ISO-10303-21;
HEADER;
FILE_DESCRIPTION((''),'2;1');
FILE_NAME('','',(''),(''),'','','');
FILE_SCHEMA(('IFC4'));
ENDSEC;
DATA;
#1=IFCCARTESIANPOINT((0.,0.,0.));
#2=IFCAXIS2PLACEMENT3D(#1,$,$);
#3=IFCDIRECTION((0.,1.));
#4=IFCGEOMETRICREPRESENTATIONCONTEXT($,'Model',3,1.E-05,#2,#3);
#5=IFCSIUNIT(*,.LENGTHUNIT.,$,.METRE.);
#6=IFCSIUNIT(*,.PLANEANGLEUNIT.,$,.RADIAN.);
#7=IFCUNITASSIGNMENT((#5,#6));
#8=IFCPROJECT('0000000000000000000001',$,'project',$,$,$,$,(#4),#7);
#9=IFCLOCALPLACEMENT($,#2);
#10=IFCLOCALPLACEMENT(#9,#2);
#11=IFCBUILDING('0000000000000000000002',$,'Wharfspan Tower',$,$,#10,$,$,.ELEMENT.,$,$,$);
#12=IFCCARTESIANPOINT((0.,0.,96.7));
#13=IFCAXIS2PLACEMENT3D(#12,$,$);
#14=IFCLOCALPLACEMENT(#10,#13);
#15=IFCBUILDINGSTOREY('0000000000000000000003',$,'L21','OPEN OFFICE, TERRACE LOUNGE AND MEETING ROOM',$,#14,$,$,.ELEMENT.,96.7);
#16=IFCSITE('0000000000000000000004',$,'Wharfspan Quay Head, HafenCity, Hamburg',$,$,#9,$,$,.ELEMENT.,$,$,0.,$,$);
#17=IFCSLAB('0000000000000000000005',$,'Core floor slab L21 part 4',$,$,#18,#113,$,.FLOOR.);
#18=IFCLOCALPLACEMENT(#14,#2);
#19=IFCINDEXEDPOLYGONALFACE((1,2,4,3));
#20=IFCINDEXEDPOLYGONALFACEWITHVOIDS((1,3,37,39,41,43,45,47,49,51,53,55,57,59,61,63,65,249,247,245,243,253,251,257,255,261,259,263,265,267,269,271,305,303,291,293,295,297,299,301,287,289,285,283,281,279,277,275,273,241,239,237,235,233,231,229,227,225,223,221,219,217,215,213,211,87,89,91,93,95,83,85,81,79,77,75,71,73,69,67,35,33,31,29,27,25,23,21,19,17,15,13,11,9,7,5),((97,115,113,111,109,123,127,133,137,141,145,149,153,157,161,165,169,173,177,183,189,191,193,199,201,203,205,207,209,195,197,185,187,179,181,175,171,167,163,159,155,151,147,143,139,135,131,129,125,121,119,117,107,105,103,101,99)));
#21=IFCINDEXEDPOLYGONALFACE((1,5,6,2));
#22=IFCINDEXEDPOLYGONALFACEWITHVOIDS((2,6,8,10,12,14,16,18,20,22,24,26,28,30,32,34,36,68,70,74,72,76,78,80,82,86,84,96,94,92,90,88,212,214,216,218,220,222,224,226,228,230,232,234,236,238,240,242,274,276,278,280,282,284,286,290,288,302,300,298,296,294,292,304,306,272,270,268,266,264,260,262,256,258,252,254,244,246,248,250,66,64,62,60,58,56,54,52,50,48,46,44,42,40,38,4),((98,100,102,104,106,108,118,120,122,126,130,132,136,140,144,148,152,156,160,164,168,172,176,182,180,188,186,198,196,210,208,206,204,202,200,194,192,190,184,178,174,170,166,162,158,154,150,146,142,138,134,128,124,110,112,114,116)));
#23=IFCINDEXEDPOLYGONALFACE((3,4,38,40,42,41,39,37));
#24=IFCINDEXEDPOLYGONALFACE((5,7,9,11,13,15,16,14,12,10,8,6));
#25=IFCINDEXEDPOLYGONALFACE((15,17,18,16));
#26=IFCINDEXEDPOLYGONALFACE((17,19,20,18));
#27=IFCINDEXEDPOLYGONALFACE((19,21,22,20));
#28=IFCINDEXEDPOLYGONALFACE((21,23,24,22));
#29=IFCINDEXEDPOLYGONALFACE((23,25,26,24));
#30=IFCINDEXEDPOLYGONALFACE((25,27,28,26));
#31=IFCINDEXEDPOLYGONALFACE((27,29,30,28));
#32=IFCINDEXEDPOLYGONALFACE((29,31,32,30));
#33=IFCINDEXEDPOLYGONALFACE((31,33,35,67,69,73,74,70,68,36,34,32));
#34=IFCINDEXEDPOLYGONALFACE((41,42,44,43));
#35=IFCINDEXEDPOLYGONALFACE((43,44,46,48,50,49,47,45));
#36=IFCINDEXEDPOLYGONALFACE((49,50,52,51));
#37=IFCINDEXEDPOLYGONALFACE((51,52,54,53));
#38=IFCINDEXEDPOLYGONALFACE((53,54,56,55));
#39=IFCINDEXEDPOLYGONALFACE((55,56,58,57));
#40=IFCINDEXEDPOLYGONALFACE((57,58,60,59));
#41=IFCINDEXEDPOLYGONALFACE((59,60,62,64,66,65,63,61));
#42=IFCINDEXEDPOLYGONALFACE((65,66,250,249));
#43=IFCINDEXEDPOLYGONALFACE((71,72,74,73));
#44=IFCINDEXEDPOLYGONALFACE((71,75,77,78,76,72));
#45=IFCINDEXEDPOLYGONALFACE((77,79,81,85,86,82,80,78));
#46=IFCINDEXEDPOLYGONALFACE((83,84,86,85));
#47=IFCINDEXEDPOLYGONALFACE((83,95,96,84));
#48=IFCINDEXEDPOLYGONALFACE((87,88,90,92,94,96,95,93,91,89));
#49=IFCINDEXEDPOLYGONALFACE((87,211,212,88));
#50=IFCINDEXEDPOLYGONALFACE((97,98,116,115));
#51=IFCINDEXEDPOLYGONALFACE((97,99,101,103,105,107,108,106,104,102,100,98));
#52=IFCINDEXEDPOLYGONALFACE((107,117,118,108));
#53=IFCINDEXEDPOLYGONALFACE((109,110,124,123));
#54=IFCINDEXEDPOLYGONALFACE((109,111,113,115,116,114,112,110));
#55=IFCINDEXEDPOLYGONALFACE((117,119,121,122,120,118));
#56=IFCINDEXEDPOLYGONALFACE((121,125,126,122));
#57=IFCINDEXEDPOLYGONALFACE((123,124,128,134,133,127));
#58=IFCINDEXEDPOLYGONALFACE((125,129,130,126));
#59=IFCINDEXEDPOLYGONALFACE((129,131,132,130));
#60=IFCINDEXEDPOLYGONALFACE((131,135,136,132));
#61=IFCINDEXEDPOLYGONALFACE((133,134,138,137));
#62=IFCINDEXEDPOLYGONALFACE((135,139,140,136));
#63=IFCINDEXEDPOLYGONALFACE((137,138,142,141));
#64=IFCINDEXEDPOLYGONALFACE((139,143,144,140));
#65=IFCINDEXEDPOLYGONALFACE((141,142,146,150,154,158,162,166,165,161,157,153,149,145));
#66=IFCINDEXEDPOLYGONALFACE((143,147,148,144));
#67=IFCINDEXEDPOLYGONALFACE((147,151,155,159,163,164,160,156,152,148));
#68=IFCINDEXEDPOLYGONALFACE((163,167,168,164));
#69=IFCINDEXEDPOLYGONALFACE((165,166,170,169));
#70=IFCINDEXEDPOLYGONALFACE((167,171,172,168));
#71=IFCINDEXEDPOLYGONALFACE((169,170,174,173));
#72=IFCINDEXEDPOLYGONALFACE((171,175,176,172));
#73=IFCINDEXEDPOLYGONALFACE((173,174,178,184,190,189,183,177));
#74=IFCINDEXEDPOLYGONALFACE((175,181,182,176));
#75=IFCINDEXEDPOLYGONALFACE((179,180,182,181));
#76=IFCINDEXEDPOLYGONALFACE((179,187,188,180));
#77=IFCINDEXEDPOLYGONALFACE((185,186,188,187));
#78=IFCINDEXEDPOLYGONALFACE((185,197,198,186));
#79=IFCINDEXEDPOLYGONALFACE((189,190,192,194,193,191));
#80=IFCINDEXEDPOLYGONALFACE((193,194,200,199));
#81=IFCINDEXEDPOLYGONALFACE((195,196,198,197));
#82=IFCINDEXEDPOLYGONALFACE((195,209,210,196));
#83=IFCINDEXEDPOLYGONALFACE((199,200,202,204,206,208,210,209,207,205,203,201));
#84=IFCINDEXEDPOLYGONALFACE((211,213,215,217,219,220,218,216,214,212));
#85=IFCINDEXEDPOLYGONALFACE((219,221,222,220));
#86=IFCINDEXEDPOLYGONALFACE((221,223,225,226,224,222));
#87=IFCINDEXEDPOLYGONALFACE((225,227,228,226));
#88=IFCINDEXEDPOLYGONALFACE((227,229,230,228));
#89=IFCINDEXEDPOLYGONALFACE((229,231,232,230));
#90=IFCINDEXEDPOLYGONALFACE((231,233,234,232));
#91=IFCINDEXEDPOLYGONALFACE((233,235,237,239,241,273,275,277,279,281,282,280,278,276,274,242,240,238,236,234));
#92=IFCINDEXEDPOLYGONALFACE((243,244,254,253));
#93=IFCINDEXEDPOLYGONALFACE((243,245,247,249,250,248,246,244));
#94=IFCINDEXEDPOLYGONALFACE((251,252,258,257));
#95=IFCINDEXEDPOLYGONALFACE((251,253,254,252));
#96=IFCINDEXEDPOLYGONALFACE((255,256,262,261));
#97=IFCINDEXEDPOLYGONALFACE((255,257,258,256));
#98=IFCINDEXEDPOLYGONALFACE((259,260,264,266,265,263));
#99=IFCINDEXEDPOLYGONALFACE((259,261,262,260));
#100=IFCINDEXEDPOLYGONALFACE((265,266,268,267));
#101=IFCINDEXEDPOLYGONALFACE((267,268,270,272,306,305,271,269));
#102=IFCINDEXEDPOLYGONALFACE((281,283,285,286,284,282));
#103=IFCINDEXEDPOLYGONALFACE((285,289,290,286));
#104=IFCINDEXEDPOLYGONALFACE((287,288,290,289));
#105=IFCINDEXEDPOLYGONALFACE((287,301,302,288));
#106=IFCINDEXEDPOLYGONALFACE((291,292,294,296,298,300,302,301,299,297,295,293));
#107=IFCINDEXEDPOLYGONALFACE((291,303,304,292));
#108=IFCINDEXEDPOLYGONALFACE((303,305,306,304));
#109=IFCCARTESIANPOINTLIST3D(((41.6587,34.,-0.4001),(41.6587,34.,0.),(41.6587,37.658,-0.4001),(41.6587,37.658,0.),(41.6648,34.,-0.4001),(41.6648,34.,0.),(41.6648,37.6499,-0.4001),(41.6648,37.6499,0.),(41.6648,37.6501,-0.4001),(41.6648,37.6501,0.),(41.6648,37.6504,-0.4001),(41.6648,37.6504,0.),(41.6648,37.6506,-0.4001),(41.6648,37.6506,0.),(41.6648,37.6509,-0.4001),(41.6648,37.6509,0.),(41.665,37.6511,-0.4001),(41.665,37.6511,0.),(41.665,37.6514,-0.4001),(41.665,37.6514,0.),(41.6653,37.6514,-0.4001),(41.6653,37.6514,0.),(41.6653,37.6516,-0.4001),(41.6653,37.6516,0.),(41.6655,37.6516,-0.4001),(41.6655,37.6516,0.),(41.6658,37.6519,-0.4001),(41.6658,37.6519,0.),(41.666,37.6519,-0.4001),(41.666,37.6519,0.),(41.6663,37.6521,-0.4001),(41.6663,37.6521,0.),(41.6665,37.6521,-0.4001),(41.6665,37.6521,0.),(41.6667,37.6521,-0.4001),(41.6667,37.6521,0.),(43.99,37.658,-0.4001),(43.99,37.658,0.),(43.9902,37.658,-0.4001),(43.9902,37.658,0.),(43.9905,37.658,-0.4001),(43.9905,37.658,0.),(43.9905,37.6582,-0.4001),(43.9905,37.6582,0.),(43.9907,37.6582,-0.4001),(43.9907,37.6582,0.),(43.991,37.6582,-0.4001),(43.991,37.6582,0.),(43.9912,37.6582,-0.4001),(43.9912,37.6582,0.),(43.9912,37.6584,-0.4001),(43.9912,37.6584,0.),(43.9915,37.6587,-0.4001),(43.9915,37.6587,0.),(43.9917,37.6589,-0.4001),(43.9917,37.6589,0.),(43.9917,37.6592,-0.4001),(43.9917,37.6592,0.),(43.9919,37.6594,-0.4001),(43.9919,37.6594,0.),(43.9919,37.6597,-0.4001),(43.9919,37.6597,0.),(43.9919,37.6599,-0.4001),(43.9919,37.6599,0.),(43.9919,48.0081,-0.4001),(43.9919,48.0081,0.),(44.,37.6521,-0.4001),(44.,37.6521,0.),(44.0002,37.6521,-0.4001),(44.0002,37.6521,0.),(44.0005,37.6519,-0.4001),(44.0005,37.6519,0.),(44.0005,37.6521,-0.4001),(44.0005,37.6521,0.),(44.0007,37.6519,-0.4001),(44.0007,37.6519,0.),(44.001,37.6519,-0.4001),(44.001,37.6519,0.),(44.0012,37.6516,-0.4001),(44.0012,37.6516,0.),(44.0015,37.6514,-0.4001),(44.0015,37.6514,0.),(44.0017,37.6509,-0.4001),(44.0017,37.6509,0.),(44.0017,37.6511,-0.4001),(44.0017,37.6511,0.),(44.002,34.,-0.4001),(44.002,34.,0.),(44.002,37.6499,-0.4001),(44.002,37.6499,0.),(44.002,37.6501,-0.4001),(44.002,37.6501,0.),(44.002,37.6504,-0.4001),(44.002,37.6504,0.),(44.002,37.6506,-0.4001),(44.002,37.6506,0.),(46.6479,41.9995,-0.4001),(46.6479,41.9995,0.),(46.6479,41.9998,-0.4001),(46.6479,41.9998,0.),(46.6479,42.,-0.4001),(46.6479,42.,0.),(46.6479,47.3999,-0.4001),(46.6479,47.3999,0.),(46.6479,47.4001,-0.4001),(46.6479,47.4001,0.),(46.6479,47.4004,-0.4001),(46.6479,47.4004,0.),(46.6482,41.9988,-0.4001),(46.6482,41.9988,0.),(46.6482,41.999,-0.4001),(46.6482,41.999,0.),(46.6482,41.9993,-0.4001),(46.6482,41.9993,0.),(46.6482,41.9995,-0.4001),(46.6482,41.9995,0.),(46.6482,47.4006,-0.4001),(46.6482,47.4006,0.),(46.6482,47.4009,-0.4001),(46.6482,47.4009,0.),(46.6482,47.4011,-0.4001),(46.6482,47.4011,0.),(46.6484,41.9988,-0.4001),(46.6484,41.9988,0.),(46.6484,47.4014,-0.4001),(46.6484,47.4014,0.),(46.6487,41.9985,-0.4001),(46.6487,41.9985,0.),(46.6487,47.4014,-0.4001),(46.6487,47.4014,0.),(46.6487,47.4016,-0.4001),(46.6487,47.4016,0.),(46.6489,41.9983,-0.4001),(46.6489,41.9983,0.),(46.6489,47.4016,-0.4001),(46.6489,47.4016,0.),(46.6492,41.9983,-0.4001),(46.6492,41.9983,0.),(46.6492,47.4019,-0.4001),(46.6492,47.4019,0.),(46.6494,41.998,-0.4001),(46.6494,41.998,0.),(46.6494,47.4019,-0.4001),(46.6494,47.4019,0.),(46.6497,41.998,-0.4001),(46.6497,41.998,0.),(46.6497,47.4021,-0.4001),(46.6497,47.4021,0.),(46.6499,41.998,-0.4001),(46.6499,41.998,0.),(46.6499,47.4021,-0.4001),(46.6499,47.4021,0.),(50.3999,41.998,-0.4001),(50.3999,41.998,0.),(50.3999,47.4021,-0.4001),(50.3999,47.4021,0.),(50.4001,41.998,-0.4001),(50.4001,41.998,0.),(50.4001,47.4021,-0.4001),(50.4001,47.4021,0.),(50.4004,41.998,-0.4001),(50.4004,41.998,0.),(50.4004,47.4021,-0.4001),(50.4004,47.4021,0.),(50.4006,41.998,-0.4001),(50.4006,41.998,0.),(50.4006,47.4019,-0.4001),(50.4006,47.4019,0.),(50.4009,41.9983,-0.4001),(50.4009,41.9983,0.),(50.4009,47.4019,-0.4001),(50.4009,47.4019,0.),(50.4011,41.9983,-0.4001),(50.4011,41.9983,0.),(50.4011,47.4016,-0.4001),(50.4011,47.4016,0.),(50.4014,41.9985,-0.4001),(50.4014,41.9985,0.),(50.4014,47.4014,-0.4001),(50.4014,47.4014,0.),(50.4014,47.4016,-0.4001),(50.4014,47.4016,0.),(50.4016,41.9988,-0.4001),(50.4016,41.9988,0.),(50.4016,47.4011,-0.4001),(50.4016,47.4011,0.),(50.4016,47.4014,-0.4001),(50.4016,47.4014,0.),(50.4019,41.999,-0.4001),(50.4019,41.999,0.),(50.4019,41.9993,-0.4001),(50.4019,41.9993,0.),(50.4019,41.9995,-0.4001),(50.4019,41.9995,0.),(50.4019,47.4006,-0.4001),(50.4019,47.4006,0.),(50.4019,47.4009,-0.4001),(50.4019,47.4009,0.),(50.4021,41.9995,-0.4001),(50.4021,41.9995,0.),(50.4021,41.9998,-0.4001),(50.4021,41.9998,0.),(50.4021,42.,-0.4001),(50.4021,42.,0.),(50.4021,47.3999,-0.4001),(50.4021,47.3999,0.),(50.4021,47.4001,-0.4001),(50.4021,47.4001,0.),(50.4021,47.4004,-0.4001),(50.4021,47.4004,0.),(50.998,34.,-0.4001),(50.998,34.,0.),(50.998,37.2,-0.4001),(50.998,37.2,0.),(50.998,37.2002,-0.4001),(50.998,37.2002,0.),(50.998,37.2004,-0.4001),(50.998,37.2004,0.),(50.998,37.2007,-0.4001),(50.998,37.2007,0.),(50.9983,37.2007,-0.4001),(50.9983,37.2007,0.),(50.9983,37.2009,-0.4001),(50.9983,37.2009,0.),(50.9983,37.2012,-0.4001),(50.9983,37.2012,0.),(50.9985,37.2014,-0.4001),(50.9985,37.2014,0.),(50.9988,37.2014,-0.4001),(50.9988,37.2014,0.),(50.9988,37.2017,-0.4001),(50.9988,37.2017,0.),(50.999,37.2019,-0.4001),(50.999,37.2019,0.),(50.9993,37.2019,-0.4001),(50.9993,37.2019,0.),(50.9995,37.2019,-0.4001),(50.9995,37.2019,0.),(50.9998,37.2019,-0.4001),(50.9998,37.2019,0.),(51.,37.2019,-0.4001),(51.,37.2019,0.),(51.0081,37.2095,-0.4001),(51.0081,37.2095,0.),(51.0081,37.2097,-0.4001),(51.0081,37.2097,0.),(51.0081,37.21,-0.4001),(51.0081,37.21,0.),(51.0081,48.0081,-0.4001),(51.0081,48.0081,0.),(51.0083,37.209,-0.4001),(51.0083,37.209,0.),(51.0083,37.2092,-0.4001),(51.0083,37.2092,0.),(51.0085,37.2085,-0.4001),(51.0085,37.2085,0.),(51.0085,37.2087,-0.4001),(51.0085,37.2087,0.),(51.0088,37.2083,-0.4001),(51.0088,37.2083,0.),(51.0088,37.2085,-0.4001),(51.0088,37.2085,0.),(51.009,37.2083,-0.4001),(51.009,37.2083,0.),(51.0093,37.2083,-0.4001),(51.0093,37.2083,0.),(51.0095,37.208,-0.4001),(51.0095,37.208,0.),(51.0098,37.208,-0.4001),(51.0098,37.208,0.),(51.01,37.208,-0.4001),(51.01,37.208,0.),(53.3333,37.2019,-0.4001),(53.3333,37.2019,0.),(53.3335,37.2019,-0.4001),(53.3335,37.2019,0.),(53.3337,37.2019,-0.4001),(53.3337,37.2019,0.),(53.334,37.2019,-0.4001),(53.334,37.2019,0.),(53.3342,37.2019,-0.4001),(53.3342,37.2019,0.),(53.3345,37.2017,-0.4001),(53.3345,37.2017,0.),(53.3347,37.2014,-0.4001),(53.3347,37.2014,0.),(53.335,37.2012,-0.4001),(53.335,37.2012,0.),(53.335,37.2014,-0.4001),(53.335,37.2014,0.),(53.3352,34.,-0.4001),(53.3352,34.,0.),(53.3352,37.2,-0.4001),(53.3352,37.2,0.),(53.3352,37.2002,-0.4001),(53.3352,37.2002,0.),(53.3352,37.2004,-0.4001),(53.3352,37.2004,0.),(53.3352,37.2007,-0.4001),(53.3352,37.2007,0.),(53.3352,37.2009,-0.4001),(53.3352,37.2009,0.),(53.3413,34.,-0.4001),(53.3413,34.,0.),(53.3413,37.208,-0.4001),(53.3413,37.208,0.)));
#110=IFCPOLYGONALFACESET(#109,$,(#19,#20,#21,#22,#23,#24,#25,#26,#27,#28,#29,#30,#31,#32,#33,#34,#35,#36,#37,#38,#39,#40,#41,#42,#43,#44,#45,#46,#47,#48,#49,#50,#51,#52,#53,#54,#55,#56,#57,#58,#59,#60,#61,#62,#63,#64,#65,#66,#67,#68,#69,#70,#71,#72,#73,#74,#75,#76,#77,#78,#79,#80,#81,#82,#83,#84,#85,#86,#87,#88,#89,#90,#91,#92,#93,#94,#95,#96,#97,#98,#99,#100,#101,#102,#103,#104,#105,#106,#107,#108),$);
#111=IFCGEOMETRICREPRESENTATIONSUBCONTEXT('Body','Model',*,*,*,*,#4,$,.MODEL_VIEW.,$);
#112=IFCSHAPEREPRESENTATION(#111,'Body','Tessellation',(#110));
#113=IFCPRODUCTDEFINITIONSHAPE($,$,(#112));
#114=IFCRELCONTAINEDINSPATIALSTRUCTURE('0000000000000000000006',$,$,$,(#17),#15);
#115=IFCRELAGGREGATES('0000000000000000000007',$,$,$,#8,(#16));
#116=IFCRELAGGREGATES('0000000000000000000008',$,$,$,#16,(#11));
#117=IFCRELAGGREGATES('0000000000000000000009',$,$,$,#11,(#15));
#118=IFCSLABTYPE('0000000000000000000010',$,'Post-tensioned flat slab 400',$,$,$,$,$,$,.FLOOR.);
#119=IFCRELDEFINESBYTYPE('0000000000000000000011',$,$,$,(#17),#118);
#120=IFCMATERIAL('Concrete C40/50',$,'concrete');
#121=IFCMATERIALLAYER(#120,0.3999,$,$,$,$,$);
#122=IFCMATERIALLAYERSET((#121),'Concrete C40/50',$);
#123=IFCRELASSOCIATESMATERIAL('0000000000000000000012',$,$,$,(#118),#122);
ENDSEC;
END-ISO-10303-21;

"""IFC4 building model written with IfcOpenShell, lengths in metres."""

from ifc_helpers import new_model, si_unit, direction, frame, origin, place, context, subcontext, project, spatial, polyline, outline, extrude, material, layer, layer_set, type_object, element, save


model = new_model("IFC4")

# Units and contexts
model_context = context("Model", 3, precision=1e-05, world=origin(), true_north=direction((0.0, 1.0)))
body_context = subcontext(model_context, "Body", "Model", "MODEL_VIEW")
ifc_project = project(units=[si_unit("LENGTHUNIT", "METRE"), si_unit("PLANEANGLEUNIT", "RADIAN")], contexts=[model_context])

# Site, building, storey
site_placement = place(None, origin())
site = spatial("IfcSite", under=ifc_project, at=site_placement, Name="Wharfspan Quay Head, HafenCity, Hamburg", CompositionType="ELEMENT", RefElevation=0.0)
building_placement = place(site_placement, origin())
building = spatial("IfcBuilding", under=site, at=building_placement, Name="Wharfspan Tower", CompositionType="ELEMENT")
storey_placement = place(building_placement, frame((0.0, 0.0, 96.7)))
storey = spatial("IfcBuildingStorey", under=building, at=storey_placement, Name="L21", Description="OPEN OFFICE, TERRACE LOUNGE AND MEETING ROOM", CompositionType="ELEMENT", Elevation=96.7)

# Slab
ifc_material_1 = material(Name="Concrete C40/50", Category="concrete")
ifc_layer_1 = layer(ifc_material_1, 0.3999)
ifc_layer_set_1 = layer_set([ifc_layer_1], Name="Concrete C40/50")
slab_type_1 = type_object("IfcSlabType", Name="Post-tensioned flat slab 400", PredefinedType="FLOOR", material=ifc_layer_set_1)
slab_1_placement = place(storey_placement, frame((0.0, 0.0, -0.4001)))
element("IfcSlab", 1, at=slab_1_placement, inside=storey, type_object=slab_type_1, Name="Core floor slab L21 part 4", PredefinedType="FLOOR", context=body_context, shape_type="SweptSolid", body=[
    extrude(outline(polyline([(53.3413, 34.0), (53.3413, 37.208), (51.01, 37.208), (51.0098, 37.208), (51.0095, 37.208), (51.0095, 37.208), (51.0093, 37.2083), (51.009, 37.2083), (51.0088, 37.2083), (51.0088, 37.2085), (51.0085, 37.2085), (51.0085, 37.2087), (51.0083, 37.209), (51.0083, 37.209), (51.0083, 37.2092), (51.0081, 37.2095), (51.0081, 37.2097), (51.0081, 37.2097), (51.0081, 37.21), (51.0081, 48.0081), (43.9919, 48.0081), (43.9919, 37.6599), (43.9919, 37.6599), (43.9919, 37.6597), (43.9919, 37.6594), (43.9917, 37.6592), (43.9917, 37.6592), (43.9917, 37.6589), (43.9915, 37.6587), (43.9915, 37.6587), (43.9912, 37.6584), (43.9912, 37.6582), (43.991, 37.6582), (43.9907, 37.6582), (43.9905, 37.6582), (43.9905, 37.658), (43.9902, 37.658), (43.99, 37.658), (41.6587, 37.658), (41.6587, 34.0), (41.6648, 34.0), (41.6648, 37.6499), (41.6648, 37.6501), (41.6648, 37.6504), (41.6648, 37.6506), (41.6648, 37.6509), (41.6648, 37.6509), (41.665, 37.6511), (41.665, 37.6514), (41.6653, 37.6514), (41.6653, 37.6516), (41.6655, 37.6516), (41.6658, 37.6519), (41.666, 37.6519), (41.666, 37.6519), (41.6663, 37.6521), (41.6665, 37.6521), (41.6667, 37.6521), (44.0, 37.6521), (44.0002, 37.6521), (44.0005, 37.6521), (44.0005, 37.6519), (44.0007, 37.6519), (44.001, 37.6519), (44.0012, 37.6516), (44.0012, 37.6516), (44.0015, 37.6514), (44.0015, 37.6514), (44.0017, 37.6511), (44.0017, 37.6509), (44.0017, 37.6509), (44.002, 37.6506), (44.002, 37.6504), (44.002, 37.6501), (44.002, 37.6499), (44.002, 34.0), (50.998, 34.0), (50.998, 37.2), (50.998, 37.2002), (50.998, 37.2004), (50.998, 37.2007), (50.9983, 37.2007), (50.9983, 37.2009), (50.9983, 37.2012), (50.9985, 37.2014), (50.9985, 37.2014), (50.9988, 37.2014), (50.9988, 37.2017), (50.999, 37.2019), (50.9993, 37.2019), (50.9995, 37.2019), (50.9995, 37.2019), (50.9998, 37.2019), (51.0, 37.2019), (53.3333, 37.2019), (53.3335, 37.2019), (53.3337, 37.2019), (53.334, 37.2019), (53.334, 37.2019), (53.3342, 37.2019), (53.3345, 37.2017), (53.3347, 37.2014), (53.3347, 37.2014), (53.335, 37.2014), (53.335, 37.2012), (53.3352, 37.2009), (53.3352, 37.2007), (53.3352, 37.2007), (53.3352, 37.2004), (53.3352, 37.2002), (53.3352, 37.2), (53.3352, 34.0), (53.3413, 34.0)]), holes=[polyline([(46.6499, 41.998), (46.6499, 41.998), (46.6497, 41.998), (46.6494, 41.998), (46.6492, 41.9983), (46.6492, 41.9983), (46.6489, 41.9983), (46.6487, 41.9985), (46.6487, 41.9985), (46.6484, 41.9988), (46.6482, 41.9988), (46.6482, 41.999), (46.6482, 41.9993), (46.6482, 41.9995), (46.6479, 41.9995), (46.6479, 41.9998), (46.6479, 42.0), (46.6479, 47.3999), (46.6479, 47.4001), (46.6479, 47.4004), (46.6482, 47.4006), (46.6482, 47.4009), (46.6482, 47.4009), (46.6482, 47.4011), (46.6484, 47.4014), (46.6487, 47.4014), (46.6487, 47.4016), (46.6489, 47.4016), (46.6492, 47.4019), (46.6492, 47.4019), (46.6494, 47.4019), (46.6497, 47.4021), (46.6499, 47.4021), (46.6499, 47.4021), (50.3999, 47.4021), (50.4001, 47.4021), (50.4004, 47.4021), (50.4006, 47.4019), (50.4009, 47.4019), (50.4009, 47.4019), (50.4011, 47.4016), (50.4014, 47.4016), (50.4014, 47.4014), (50.4016, 47.4014), (50.4016, 47.4011), (50.4019, 47.4009), (50.4019, 47.4009), (50.4019, 47.4006), (50.4021, 47.4004), (50.4021, 47.4001), (50.4021, 47.3999), (50.4021, 42.0), (50.4021, 41.9998), (50.4021, 41.9995), (50.4019, 41.9995), (50.4019, 41.9993), (50.4019, 41.999), (50.4016, 41.9988), (50.4016, 41.9988), (50.4014, 41.9985), (50.4014, 41.9985), (50.4011, 41.9983), (50.4009, 41.9983), (50.4009, 41.9983), (50.4006, 41.998), (50.4004, 41.998), (50.4001, 41.998), (50.3999, 41.998), (46.6499, 41.998)])]), origin(), (0.0, 0.0, 1.0), 0.4001),
])

save(model, "model.ifc")
